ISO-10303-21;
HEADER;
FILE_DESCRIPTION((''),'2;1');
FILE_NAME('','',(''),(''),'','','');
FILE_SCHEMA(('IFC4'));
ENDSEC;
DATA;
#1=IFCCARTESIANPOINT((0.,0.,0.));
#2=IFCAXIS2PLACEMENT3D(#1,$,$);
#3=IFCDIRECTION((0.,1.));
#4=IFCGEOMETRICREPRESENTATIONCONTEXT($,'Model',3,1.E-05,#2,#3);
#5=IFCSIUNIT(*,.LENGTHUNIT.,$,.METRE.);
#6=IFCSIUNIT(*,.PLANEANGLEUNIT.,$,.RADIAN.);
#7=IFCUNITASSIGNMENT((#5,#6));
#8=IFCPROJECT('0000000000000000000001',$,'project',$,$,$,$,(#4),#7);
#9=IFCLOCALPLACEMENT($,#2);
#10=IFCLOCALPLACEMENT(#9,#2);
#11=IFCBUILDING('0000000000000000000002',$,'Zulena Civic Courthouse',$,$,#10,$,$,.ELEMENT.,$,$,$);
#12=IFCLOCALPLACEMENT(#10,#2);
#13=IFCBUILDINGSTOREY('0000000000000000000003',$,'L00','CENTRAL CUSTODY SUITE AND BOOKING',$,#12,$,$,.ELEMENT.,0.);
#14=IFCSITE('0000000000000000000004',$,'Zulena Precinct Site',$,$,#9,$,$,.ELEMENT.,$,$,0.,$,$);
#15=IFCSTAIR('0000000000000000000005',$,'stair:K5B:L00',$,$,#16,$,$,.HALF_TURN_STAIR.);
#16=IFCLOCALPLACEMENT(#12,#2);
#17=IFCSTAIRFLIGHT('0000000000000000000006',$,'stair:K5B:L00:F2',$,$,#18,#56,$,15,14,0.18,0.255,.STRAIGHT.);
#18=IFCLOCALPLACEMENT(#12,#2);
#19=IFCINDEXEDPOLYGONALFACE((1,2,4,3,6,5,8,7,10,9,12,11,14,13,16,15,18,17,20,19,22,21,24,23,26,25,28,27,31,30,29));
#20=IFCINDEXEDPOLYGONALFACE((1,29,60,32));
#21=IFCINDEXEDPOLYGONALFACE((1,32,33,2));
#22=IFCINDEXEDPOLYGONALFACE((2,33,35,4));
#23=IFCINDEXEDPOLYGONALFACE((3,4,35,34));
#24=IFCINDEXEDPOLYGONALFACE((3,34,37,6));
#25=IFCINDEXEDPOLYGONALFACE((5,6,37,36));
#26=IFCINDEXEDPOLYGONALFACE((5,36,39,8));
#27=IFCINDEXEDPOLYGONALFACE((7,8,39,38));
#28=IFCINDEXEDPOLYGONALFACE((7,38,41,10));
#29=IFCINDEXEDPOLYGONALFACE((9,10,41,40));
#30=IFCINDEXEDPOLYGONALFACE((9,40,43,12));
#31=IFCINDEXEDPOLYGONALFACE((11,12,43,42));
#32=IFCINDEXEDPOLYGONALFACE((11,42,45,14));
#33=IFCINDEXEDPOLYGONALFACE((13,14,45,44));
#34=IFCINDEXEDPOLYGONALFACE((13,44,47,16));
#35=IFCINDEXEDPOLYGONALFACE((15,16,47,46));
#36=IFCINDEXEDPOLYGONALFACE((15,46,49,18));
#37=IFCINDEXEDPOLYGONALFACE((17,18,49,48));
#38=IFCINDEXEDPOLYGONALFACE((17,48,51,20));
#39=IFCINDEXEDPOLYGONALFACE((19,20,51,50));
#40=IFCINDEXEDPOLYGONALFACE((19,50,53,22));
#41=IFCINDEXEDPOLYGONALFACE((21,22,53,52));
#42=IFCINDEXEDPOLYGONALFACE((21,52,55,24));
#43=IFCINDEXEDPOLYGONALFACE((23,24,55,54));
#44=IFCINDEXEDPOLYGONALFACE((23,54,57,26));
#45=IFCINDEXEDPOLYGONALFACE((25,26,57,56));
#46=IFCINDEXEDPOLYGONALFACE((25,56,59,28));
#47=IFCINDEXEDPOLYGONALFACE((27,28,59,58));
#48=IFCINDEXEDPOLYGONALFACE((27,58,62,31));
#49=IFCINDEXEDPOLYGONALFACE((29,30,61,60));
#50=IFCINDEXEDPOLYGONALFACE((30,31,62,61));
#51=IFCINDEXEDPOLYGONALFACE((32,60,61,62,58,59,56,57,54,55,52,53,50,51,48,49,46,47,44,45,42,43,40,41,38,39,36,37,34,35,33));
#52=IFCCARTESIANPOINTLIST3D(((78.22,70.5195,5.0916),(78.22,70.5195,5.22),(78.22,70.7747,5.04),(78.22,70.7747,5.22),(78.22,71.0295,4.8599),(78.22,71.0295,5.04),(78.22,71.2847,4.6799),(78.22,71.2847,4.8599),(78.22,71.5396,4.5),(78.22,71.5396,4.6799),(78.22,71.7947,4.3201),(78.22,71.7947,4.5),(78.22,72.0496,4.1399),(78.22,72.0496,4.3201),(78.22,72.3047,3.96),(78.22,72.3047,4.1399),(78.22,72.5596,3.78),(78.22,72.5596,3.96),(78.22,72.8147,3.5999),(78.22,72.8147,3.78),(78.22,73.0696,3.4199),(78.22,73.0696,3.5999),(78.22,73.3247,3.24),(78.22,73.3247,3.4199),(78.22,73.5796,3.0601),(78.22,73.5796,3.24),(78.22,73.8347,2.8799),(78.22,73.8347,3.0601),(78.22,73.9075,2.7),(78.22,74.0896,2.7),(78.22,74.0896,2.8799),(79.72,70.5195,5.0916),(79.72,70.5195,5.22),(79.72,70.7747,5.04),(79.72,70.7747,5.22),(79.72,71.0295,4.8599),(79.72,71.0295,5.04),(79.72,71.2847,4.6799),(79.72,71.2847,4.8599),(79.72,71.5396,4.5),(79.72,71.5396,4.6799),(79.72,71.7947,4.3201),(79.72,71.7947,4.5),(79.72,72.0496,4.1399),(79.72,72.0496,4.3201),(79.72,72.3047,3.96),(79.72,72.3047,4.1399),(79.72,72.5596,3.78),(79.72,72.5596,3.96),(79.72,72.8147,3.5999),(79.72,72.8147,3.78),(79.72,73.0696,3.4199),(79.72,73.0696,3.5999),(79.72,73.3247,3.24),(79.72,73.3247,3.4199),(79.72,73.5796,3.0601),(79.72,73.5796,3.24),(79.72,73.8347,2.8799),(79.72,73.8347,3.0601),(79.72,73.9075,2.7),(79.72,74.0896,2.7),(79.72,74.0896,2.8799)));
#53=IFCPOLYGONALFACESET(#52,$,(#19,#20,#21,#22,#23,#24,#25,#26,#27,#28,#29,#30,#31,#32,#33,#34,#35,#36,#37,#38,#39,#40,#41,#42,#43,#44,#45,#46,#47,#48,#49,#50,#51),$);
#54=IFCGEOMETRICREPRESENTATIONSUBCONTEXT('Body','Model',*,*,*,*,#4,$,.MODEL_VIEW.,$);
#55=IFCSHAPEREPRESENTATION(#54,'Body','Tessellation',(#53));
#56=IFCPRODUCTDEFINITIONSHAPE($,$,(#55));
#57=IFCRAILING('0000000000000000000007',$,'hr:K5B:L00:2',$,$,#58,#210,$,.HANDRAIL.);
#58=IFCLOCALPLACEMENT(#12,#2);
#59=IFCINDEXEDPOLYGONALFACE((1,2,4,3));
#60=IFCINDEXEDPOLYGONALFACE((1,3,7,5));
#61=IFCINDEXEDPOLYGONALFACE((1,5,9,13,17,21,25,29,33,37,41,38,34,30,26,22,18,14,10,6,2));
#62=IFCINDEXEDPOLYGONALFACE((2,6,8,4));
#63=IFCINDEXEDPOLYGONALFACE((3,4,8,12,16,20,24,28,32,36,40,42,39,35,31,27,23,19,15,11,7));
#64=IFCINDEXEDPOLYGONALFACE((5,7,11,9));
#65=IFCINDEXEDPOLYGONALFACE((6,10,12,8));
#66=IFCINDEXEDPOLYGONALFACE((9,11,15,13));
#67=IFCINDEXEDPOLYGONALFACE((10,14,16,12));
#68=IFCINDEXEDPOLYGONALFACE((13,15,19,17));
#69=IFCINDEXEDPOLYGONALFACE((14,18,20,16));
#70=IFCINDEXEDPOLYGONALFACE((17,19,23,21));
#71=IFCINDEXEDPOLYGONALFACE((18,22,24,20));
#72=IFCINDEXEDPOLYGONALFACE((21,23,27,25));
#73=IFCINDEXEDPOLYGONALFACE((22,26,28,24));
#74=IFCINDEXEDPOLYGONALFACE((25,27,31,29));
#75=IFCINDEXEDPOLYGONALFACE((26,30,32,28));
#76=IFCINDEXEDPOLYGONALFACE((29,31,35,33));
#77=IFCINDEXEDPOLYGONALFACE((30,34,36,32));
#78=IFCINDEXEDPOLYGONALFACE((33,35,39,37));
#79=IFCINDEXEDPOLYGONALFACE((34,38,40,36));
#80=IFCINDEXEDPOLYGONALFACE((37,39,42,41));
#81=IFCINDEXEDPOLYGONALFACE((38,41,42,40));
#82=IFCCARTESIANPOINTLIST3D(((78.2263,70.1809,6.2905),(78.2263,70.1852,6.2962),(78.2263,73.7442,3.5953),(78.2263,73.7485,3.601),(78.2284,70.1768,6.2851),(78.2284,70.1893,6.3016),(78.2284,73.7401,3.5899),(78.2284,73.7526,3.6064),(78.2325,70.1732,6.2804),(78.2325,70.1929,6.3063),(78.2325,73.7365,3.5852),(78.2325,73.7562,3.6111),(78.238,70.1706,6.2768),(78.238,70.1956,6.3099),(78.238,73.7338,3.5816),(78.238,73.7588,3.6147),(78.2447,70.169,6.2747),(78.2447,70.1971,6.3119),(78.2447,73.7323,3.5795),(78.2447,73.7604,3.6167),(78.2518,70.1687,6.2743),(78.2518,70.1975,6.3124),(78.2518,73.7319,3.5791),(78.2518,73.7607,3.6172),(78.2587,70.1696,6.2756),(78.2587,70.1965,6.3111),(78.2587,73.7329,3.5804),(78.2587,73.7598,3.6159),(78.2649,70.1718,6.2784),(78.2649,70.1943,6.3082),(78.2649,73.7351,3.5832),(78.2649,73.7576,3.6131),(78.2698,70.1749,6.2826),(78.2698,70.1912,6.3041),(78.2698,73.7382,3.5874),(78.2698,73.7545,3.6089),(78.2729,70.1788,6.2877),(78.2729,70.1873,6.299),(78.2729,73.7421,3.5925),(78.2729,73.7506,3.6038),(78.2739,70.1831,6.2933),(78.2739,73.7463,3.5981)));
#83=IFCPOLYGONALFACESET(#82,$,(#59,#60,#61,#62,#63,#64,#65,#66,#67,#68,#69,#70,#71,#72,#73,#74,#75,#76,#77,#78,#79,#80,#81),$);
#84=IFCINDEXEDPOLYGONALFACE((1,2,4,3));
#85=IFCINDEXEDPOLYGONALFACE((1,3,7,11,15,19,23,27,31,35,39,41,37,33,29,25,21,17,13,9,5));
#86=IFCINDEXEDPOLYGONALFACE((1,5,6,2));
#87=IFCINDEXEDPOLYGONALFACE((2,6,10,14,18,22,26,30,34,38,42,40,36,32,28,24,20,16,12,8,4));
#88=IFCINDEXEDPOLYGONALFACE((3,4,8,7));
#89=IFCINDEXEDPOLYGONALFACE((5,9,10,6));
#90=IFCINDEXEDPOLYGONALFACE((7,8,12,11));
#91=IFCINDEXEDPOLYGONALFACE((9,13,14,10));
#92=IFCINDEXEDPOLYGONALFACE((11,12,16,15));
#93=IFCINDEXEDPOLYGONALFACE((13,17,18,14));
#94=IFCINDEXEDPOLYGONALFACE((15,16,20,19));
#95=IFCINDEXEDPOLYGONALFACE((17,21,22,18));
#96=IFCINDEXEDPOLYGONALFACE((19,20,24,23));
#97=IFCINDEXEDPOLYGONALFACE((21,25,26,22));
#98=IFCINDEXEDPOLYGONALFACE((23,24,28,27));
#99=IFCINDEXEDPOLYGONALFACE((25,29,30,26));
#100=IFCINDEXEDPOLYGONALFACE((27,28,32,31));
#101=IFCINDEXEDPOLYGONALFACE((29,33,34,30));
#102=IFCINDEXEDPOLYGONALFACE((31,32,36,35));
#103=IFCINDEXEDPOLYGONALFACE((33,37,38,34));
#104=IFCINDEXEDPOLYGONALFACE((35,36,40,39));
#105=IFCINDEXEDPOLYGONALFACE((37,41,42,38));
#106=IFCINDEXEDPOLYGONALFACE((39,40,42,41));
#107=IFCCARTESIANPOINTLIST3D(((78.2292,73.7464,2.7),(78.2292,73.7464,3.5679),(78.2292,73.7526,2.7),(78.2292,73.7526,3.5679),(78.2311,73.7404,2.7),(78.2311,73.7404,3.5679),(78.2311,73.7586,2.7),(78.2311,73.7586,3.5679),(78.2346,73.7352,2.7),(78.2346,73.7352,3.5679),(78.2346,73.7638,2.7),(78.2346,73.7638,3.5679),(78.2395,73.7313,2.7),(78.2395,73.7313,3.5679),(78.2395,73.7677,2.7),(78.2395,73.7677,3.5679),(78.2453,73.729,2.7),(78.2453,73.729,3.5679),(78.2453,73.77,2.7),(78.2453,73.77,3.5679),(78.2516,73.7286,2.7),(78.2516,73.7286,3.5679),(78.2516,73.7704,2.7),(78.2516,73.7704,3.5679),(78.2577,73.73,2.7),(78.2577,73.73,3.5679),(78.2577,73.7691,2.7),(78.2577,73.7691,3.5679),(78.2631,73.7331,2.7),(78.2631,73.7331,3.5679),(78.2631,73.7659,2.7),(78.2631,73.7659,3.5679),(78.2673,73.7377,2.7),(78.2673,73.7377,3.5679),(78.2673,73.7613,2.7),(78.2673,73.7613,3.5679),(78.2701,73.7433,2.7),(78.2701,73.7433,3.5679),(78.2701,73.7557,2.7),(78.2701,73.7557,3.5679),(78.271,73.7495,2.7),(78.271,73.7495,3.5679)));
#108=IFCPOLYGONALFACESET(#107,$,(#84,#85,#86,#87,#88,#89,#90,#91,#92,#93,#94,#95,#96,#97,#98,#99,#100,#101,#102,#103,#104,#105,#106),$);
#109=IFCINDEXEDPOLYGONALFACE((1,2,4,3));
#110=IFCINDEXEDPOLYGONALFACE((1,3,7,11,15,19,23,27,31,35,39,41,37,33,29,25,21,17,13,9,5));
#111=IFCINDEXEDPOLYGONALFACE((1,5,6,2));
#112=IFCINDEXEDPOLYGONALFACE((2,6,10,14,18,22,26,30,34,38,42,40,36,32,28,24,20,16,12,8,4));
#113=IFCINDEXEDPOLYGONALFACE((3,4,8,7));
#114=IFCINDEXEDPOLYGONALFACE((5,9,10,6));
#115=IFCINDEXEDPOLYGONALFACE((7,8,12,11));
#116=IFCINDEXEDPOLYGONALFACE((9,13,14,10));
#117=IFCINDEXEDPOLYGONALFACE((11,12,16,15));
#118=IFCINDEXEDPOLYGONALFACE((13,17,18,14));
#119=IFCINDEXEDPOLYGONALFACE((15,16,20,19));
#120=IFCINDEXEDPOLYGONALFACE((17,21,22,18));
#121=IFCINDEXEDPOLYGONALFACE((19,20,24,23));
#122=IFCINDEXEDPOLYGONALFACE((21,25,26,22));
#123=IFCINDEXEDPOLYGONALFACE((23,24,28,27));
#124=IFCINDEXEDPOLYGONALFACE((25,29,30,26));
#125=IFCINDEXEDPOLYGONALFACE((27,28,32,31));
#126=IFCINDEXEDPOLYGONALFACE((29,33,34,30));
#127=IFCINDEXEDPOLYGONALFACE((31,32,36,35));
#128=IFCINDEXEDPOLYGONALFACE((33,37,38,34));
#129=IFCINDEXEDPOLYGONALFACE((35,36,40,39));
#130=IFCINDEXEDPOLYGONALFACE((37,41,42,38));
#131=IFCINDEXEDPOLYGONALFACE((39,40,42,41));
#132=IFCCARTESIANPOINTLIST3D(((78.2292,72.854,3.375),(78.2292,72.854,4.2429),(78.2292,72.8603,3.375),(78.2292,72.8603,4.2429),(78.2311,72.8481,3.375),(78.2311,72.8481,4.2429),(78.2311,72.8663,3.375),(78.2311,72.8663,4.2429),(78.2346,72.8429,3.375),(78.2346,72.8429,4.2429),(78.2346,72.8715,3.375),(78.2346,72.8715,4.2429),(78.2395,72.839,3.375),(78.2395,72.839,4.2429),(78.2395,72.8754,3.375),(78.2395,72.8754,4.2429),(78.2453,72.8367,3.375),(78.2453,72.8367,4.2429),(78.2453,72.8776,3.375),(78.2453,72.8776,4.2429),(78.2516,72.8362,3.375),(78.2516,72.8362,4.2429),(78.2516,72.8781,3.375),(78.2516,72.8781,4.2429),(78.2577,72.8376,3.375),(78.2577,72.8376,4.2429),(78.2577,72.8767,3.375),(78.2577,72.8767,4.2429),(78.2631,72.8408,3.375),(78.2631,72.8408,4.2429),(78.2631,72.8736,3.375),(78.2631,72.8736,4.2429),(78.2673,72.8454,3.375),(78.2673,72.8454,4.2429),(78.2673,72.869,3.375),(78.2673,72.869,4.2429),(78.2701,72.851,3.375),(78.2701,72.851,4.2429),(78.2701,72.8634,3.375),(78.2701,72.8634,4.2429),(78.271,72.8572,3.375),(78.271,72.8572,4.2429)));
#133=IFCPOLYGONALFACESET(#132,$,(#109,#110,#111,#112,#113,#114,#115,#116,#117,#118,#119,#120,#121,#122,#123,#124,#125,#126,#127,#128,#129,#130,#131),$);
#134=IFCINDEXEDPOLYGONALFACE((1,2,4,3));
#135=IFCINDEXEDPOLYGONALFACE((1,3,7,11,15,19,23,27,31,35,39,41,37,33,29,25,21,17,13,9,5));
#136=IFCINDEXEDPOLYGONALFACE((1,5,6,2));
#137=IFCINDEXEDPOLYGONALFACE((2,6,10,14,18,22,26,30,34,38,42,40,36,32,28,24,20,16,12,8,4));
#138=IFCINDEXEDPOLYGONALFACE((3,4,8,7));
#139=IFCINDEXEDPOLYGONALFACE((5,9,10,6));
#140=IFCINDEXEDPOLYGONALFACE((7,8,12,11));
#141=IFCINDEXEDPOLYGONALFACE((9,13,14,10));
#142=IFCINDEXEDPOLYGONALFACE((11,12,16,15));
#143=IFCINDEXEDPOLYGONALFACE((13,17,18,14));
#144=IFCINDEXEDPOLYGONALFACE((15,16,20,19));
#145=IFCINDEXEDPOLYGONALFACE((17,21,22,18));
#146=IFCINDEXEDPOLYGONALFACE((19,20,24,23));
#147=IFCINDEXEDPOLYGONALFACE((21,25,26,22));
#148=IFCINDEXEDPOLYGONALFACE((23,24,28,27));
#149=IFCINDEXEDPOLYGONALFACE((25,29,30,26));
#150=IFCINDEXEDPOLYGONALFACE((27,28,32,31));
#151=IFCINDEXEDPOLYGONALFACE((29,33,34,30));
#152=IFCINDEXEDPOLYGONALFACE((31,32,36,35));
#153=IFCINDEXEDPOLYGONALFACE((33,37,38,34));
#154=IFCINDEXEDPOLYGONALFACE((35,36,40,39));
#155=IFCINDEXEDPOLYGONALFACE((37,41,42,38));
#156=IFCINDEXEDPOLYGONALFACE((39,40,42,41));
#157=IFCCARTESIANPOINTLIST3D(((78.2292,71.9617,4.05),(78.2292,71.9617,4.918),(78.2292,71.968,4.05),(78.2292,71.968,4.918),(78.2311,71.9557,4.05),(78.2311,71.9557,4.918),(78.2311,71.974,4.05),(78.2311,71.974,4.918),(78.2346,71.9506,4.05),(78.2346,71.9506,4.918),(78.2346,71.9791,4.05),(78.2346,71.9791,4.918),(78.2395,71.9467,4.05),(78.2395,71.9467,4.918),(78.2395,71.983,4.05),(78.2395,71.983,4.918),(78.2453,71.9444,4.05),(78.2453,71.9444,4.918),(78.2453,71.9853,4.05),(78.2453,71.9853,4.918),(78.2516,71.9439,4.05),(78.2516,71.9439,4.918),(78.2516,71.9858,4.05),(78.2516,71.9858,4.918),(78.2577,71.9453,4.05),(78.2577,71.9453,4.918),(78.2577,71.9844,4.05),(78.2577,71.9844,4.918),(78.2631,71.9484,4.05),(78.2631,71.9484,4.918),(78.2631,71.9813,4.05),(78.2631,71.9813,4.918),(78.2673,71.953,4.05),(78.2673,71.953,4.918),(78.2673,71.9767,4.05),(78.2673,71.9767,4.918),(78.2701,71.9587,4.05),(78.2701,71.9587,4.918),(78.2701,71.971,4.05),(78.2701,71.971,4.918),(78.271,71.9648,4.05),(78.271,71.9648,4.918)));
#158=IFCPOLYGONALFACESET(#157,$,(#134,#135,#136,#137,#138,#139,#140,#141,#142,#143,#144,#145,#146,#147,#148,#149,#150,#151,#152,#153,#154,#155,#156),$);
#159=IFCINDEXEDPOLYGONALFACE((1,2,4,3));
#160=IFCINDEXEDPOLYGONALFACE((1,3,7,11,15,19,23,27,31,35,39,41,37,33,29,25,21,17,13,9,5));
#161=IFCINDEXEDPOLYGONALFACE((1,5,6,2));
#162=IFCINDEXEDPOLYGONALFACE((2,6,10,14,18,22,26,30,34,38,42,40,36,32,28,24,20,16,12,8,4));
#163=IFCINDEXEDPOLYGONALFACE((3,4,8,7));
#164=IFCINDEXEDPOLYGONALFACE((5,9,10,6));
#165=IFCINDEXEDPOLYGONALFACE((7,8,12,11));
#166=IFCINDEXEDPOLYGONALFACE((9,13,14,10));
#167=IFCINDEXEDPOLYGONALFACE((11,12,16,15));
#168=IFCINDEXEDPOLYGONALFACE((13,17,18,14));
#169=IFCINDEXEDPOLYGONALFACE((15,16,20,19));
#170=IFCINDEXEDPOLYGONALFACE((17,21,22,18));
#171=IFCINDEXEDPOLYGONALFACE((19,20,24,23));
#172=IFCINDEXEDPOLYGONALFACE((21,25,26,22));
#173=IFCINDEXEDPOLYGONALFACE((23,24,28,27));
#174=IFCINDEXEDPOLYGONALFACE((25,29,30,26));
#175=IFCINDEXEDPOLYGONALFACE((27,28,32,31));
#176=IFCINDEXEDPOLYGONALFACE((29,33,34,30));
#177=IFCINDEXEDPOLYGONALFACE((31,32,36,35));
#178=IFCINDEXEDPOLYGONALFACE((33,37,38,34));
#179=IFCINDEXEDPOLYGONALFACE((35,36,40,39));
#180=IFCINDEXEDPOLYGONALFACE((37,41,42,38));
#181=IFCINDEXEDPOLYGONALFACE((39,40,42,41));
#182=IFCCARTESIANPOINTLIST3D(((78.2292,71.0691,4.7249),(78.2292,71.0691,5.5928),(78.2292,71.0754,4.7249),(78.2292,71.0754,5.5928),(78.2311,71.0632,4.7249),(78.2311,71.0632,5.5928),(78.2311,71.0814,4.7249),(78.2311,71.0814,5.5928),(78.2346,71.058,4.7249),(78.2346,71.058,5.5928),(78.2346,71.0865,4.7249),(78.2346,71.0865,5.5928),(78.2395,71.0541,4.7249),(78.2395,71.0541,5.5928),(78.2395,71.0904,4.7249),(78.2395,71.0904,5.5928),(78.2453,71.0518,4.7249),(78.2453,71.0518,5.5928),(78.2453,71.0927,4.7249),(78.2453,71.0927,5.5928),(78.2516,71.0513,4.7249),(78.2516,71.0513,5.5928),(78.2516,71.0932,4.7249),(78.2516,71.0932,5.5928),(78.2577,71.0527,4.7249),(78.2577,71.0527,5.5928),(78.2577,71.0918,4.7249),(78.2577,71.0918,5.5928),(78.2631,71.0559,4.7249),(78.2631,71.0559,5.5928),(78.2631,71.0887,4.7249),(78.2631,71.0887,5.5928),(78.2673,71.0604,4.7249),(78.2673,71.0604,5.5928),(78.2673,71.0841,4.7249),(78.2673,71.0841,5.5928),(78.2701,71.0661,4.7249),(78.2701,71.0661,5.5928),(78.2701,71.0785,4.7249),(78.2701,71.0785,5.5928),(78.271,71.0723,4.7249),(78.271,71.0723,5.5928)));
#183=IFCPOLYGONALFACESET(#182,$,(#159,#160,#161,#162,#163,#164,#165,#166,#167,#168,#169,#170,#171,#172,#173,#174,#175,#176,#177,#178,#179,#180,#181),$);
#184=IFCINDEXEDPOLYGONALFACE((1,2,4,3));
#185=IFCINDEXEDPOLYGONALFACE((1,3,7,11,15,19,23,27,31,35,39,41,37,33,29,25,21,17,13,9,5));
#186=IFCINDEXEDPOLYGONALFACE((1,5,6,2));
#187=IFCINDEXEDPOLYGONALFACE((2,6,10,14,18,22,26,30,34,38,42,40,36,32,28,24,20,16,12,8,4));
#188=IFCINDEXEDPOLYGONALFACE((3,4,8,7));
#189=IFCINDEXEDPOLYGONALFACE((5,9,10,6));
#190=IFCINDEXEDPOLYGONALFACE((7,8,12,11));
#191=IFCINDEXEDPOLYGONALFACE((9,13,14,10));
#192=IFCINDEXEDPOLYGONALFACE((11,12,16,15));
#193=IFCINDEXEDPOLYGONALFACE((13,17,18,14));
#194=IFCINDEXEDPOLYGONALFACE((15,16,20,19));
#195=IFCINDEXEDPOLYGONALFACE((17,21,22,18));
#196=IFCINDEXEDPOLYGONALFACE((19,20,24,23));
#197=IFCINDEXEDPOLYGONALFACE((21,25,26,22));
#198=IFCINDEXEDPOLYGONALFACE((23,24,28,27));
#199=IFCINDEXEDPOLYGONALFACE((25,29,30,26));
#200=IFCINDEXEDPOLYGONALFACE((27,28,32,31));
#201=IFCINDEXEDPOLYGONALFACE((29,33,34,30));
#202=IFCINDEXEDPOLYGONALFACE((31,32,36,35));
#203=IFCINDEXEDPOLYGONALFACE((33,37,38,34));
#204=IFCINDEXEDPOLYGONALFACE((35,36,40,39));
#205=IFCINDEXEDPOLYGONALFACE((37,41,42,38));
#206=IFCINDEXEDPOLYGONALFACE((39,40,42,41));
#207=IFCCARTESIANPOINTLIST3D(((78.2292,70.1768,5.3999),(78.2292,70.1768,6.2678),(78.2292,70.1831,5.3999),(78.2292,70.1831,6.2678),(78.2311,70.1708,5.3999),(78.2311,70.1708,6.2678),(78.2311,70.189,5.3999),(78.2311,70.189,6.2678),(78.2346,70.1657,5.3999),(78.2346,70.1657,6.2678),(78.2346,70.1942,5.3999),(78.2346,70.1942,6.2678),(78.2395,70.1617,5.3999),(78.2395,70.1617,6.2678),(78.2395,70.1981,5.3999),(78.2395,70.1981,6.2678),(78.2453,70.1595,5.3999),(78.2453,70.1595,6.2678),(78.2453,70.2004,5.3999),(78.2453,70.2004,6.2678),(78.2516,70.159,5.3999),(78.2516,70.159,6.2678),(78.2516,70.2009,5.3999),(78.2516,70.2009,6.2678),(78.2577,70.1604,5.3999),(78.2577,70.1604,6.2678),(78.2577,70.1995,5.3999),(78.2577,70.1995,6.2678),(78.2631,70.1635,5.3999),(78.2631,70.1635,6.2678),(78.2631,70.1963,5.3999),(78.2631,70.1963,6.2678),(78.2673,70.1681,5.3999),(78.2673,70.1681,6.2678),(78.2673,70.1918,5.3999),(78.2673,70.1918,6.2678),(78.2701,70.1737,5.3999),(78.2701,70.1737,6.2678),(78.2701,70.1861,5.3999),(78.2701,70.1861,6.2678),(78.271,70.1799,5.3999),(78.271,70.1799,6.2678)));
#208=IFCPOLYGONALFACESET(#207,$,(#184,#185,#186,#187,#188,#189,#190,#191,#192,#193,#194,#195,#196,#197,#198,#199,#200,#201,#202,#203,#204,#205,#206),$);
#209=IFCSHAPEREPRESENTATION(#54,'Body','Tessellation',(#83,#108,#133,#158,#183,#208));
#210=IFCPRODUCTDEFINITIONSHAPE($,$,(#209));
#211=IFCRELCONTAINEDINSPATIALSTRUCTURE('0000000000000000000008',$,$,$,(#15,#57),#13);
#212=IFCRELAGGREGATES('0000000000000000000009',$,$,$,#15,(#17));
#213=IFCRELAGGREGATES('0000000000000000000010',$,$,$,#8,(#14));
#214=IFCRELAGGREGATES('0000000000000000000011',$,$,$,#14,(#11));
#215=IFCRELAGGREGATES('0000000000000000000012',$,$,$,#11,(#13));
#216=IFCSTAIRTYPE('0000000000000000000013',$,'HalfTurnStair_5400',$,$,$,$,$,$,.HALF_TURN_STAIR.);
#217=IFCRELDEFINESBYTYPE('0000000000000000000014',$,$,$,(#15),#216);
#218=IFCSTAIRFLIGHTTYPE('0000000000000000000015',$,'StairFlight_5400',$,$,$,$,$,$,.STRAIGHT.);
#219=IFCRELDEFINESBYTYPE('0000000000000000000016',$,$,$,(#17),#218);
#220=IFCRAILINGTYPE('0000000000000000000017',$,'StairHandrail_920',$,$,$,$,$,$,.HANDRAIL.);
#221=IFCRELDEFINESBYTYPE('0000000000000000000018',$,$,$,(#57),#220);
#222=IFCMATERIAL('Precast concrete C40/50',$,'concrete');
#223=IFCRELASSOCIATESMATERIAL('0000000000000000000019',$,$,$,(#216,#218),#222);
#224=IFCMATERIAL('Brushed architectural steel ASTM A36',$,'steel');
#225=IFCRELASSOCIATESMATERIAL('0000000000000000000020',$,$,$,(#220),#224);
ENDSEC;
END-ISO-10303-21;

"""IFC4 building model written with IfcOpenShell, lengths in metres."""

from ifc_helpers import new_model, si_unit, direction, frame, origin, origin_2d, place, context, subcontext, project, spatial, polyline, circle, outline, extrude, material, type_object, element, aggregate, save


model = new_model("IFC4")

# Units and contexts
model_context = context("Model", 3, precision=1e-05, world=origin(), true_north=direction((0.0, 1.0)))
body_context = subcontext(model_context, "Body", "Model", "MODEL_VIEW")
ifc_project = project(units=[si_unit("LENGTHUNIT", "METRE"), si_unit("PLANEANGLEUNIT", "RADIAN")], contexts=[model_context])

# Site, building, storey
site_placement = place(None, origin())
site = spatial("IfcSite", under=ifc_project, at=site_placement, Name="Zulena Precinct Site", CompositionType="ELEMENT", RefElevation=0.0)
building_placement = place(site_placement, origin())
building = spatial("IfcBuilding", under=site, at=building_placement, Name="Zulena Civic Courthouse", CompositionType="ELEMENT")
storey_placement = place(building_placement, origin())
storey = spatial("IfcBuildingStorey", under=building, at=storey_placement, Name="L00", Description="CENTRAL CUSTODY SUITE AND BOOKING", CompositionType="ELEMENT", Elevation=0.0)

# Stair, stair flight
ifc_material_1 = material(Name="Precast concrete C40/50", Category="concrete")
stair_type = type_object("IfcStairType", Name="HalfTurnStair_5400", PredefinedType="HALF_TURN_STAIR", material=ifc_material_1)
stair_placement = place(storey_placement, origin())
stair = element("IfcStair", 1, at=stair_placement, inside=storey, type_object=stair_type, Name="stair:K5B:L00", PredefinedType="HALF_TURN_STAIR")
stair_flight_type = type_object("IfcStairFlightType", Name="StairFlight_5400", PredefinedType="STRAIGHT", material=ifc_material_1)
stair_flight_placement = place(storey_placement, frame((78.97, 74.0896, 2.7), z_axis=(0.0, 0.0, 1.0), x_axis=(0.0, -1.0, 0.0)))
stair_flight = element("IfcStairFlight", 2, at=stair_flight_placement, type_object=stair_flight_type, Name="stair:K5B:L00:F2", NumberOfRisers=15, NumberOfTreads=14, PredefinedType="STRAIGHT", RiserHeight=0.18, TreadLength=0.255, context=body_context, shape_type="SweptSolid", body=[
    extrude(outline(polyline([(0.0, 0.0), (0.0, 0.1799), (0.2549, 0.1799), (0.2549, 0.3601), (0.51, 0.3601), (0.51, 0.54), (0.7649, 0.54), (0.7649, 0.72), (1.02, 0.72), (1.02, 0.8999), (1.2749, 0.8999), (1.2749, 1.0801), (1.53, 1.0801), (1.53, 1.26), (1.7849, 1.26), (1.7849, 1.4399), (2.04, 1.4399), (2.04, 1.6201), (2.2949, 1.6201), (2.2949, 1.8), (2.55, 1.8), (2.55, 1.98), (2.8049, 1.98), (2.8049, 2.1599), (3.0601, 2.1599), (3.0601, 2.3401), (3.3149, 2.3401), (3.3149, 2.52), (3.5701, 2.52), (3.5701, 2.7), (3.5701, 2.3916), (0.1821, 0.0), (0.0, 0.0)])), frame((0.0, 0.75, 0.0), z_axis=(0.0, -1.0, 0.0), x_axis=(1.0, 0.0, 0.0)), (0.0, 0.0, 1.0), 1.5),
])
aggregate(stair, [stair_flight])

# Railing
ifc_material_2 = material(Name="Brushed architectural steel ASTM A36", Category="steel")
railing_type = type_object("IfcRailingType", Name="StairHandrail_920", PredefinedType="HANDRAIL", material=ifc_material_2)
railing_placement = place(storey_placement, frame((78.25, 73.7495, 2.7)))
element("IfcRailing", 3, at=railing_placement, inside=storey, type_object=railing_type, Name="hr:K5B:L00:2", PredefinedType="HANDRAIL", context=body_context, shape_type="SweptSolid", body=[
    extrude(circle(Radius=0.0239, at=origin_2d()), frame((0.0, -0.0032, 0.8982), z_axis=(0.0, -0.797552, 0.60325), x_axis=(1.0, 0.0, 0.0)), (0.0, 0.0, 1.0), 4.4678),
    extrude(circle(Radius=0.021, at=origin_2d()), origin(), (0.0, 0.0, 1.0), 0.8679),
    extrude(circle(Radius=0.021, at=origin_2d()), frame((0.0, -0.8923, 0.675)), (0.0, 0.0, 1.0), 0.8679),
    extrude(circle(Radius=0.021, at=origin_2d()), frame((0.0, -1.7847, 1.3501)), (0.0, 0.0, 1.0), 0.8679),
    extrude(circle(Radius=0.021, at=origin_2d()), frame((0.0, -2.6772, 2.0249)), (0.0, 0.0, 1.0), 0.8679),
    extrude(circle(Radius=0.021, at=origin_2d()), frame((0.0, -3.5696, 2.7)), (0.0, 0.0, 1.0), 0.8679),
])

save(model, "model.ifc")
